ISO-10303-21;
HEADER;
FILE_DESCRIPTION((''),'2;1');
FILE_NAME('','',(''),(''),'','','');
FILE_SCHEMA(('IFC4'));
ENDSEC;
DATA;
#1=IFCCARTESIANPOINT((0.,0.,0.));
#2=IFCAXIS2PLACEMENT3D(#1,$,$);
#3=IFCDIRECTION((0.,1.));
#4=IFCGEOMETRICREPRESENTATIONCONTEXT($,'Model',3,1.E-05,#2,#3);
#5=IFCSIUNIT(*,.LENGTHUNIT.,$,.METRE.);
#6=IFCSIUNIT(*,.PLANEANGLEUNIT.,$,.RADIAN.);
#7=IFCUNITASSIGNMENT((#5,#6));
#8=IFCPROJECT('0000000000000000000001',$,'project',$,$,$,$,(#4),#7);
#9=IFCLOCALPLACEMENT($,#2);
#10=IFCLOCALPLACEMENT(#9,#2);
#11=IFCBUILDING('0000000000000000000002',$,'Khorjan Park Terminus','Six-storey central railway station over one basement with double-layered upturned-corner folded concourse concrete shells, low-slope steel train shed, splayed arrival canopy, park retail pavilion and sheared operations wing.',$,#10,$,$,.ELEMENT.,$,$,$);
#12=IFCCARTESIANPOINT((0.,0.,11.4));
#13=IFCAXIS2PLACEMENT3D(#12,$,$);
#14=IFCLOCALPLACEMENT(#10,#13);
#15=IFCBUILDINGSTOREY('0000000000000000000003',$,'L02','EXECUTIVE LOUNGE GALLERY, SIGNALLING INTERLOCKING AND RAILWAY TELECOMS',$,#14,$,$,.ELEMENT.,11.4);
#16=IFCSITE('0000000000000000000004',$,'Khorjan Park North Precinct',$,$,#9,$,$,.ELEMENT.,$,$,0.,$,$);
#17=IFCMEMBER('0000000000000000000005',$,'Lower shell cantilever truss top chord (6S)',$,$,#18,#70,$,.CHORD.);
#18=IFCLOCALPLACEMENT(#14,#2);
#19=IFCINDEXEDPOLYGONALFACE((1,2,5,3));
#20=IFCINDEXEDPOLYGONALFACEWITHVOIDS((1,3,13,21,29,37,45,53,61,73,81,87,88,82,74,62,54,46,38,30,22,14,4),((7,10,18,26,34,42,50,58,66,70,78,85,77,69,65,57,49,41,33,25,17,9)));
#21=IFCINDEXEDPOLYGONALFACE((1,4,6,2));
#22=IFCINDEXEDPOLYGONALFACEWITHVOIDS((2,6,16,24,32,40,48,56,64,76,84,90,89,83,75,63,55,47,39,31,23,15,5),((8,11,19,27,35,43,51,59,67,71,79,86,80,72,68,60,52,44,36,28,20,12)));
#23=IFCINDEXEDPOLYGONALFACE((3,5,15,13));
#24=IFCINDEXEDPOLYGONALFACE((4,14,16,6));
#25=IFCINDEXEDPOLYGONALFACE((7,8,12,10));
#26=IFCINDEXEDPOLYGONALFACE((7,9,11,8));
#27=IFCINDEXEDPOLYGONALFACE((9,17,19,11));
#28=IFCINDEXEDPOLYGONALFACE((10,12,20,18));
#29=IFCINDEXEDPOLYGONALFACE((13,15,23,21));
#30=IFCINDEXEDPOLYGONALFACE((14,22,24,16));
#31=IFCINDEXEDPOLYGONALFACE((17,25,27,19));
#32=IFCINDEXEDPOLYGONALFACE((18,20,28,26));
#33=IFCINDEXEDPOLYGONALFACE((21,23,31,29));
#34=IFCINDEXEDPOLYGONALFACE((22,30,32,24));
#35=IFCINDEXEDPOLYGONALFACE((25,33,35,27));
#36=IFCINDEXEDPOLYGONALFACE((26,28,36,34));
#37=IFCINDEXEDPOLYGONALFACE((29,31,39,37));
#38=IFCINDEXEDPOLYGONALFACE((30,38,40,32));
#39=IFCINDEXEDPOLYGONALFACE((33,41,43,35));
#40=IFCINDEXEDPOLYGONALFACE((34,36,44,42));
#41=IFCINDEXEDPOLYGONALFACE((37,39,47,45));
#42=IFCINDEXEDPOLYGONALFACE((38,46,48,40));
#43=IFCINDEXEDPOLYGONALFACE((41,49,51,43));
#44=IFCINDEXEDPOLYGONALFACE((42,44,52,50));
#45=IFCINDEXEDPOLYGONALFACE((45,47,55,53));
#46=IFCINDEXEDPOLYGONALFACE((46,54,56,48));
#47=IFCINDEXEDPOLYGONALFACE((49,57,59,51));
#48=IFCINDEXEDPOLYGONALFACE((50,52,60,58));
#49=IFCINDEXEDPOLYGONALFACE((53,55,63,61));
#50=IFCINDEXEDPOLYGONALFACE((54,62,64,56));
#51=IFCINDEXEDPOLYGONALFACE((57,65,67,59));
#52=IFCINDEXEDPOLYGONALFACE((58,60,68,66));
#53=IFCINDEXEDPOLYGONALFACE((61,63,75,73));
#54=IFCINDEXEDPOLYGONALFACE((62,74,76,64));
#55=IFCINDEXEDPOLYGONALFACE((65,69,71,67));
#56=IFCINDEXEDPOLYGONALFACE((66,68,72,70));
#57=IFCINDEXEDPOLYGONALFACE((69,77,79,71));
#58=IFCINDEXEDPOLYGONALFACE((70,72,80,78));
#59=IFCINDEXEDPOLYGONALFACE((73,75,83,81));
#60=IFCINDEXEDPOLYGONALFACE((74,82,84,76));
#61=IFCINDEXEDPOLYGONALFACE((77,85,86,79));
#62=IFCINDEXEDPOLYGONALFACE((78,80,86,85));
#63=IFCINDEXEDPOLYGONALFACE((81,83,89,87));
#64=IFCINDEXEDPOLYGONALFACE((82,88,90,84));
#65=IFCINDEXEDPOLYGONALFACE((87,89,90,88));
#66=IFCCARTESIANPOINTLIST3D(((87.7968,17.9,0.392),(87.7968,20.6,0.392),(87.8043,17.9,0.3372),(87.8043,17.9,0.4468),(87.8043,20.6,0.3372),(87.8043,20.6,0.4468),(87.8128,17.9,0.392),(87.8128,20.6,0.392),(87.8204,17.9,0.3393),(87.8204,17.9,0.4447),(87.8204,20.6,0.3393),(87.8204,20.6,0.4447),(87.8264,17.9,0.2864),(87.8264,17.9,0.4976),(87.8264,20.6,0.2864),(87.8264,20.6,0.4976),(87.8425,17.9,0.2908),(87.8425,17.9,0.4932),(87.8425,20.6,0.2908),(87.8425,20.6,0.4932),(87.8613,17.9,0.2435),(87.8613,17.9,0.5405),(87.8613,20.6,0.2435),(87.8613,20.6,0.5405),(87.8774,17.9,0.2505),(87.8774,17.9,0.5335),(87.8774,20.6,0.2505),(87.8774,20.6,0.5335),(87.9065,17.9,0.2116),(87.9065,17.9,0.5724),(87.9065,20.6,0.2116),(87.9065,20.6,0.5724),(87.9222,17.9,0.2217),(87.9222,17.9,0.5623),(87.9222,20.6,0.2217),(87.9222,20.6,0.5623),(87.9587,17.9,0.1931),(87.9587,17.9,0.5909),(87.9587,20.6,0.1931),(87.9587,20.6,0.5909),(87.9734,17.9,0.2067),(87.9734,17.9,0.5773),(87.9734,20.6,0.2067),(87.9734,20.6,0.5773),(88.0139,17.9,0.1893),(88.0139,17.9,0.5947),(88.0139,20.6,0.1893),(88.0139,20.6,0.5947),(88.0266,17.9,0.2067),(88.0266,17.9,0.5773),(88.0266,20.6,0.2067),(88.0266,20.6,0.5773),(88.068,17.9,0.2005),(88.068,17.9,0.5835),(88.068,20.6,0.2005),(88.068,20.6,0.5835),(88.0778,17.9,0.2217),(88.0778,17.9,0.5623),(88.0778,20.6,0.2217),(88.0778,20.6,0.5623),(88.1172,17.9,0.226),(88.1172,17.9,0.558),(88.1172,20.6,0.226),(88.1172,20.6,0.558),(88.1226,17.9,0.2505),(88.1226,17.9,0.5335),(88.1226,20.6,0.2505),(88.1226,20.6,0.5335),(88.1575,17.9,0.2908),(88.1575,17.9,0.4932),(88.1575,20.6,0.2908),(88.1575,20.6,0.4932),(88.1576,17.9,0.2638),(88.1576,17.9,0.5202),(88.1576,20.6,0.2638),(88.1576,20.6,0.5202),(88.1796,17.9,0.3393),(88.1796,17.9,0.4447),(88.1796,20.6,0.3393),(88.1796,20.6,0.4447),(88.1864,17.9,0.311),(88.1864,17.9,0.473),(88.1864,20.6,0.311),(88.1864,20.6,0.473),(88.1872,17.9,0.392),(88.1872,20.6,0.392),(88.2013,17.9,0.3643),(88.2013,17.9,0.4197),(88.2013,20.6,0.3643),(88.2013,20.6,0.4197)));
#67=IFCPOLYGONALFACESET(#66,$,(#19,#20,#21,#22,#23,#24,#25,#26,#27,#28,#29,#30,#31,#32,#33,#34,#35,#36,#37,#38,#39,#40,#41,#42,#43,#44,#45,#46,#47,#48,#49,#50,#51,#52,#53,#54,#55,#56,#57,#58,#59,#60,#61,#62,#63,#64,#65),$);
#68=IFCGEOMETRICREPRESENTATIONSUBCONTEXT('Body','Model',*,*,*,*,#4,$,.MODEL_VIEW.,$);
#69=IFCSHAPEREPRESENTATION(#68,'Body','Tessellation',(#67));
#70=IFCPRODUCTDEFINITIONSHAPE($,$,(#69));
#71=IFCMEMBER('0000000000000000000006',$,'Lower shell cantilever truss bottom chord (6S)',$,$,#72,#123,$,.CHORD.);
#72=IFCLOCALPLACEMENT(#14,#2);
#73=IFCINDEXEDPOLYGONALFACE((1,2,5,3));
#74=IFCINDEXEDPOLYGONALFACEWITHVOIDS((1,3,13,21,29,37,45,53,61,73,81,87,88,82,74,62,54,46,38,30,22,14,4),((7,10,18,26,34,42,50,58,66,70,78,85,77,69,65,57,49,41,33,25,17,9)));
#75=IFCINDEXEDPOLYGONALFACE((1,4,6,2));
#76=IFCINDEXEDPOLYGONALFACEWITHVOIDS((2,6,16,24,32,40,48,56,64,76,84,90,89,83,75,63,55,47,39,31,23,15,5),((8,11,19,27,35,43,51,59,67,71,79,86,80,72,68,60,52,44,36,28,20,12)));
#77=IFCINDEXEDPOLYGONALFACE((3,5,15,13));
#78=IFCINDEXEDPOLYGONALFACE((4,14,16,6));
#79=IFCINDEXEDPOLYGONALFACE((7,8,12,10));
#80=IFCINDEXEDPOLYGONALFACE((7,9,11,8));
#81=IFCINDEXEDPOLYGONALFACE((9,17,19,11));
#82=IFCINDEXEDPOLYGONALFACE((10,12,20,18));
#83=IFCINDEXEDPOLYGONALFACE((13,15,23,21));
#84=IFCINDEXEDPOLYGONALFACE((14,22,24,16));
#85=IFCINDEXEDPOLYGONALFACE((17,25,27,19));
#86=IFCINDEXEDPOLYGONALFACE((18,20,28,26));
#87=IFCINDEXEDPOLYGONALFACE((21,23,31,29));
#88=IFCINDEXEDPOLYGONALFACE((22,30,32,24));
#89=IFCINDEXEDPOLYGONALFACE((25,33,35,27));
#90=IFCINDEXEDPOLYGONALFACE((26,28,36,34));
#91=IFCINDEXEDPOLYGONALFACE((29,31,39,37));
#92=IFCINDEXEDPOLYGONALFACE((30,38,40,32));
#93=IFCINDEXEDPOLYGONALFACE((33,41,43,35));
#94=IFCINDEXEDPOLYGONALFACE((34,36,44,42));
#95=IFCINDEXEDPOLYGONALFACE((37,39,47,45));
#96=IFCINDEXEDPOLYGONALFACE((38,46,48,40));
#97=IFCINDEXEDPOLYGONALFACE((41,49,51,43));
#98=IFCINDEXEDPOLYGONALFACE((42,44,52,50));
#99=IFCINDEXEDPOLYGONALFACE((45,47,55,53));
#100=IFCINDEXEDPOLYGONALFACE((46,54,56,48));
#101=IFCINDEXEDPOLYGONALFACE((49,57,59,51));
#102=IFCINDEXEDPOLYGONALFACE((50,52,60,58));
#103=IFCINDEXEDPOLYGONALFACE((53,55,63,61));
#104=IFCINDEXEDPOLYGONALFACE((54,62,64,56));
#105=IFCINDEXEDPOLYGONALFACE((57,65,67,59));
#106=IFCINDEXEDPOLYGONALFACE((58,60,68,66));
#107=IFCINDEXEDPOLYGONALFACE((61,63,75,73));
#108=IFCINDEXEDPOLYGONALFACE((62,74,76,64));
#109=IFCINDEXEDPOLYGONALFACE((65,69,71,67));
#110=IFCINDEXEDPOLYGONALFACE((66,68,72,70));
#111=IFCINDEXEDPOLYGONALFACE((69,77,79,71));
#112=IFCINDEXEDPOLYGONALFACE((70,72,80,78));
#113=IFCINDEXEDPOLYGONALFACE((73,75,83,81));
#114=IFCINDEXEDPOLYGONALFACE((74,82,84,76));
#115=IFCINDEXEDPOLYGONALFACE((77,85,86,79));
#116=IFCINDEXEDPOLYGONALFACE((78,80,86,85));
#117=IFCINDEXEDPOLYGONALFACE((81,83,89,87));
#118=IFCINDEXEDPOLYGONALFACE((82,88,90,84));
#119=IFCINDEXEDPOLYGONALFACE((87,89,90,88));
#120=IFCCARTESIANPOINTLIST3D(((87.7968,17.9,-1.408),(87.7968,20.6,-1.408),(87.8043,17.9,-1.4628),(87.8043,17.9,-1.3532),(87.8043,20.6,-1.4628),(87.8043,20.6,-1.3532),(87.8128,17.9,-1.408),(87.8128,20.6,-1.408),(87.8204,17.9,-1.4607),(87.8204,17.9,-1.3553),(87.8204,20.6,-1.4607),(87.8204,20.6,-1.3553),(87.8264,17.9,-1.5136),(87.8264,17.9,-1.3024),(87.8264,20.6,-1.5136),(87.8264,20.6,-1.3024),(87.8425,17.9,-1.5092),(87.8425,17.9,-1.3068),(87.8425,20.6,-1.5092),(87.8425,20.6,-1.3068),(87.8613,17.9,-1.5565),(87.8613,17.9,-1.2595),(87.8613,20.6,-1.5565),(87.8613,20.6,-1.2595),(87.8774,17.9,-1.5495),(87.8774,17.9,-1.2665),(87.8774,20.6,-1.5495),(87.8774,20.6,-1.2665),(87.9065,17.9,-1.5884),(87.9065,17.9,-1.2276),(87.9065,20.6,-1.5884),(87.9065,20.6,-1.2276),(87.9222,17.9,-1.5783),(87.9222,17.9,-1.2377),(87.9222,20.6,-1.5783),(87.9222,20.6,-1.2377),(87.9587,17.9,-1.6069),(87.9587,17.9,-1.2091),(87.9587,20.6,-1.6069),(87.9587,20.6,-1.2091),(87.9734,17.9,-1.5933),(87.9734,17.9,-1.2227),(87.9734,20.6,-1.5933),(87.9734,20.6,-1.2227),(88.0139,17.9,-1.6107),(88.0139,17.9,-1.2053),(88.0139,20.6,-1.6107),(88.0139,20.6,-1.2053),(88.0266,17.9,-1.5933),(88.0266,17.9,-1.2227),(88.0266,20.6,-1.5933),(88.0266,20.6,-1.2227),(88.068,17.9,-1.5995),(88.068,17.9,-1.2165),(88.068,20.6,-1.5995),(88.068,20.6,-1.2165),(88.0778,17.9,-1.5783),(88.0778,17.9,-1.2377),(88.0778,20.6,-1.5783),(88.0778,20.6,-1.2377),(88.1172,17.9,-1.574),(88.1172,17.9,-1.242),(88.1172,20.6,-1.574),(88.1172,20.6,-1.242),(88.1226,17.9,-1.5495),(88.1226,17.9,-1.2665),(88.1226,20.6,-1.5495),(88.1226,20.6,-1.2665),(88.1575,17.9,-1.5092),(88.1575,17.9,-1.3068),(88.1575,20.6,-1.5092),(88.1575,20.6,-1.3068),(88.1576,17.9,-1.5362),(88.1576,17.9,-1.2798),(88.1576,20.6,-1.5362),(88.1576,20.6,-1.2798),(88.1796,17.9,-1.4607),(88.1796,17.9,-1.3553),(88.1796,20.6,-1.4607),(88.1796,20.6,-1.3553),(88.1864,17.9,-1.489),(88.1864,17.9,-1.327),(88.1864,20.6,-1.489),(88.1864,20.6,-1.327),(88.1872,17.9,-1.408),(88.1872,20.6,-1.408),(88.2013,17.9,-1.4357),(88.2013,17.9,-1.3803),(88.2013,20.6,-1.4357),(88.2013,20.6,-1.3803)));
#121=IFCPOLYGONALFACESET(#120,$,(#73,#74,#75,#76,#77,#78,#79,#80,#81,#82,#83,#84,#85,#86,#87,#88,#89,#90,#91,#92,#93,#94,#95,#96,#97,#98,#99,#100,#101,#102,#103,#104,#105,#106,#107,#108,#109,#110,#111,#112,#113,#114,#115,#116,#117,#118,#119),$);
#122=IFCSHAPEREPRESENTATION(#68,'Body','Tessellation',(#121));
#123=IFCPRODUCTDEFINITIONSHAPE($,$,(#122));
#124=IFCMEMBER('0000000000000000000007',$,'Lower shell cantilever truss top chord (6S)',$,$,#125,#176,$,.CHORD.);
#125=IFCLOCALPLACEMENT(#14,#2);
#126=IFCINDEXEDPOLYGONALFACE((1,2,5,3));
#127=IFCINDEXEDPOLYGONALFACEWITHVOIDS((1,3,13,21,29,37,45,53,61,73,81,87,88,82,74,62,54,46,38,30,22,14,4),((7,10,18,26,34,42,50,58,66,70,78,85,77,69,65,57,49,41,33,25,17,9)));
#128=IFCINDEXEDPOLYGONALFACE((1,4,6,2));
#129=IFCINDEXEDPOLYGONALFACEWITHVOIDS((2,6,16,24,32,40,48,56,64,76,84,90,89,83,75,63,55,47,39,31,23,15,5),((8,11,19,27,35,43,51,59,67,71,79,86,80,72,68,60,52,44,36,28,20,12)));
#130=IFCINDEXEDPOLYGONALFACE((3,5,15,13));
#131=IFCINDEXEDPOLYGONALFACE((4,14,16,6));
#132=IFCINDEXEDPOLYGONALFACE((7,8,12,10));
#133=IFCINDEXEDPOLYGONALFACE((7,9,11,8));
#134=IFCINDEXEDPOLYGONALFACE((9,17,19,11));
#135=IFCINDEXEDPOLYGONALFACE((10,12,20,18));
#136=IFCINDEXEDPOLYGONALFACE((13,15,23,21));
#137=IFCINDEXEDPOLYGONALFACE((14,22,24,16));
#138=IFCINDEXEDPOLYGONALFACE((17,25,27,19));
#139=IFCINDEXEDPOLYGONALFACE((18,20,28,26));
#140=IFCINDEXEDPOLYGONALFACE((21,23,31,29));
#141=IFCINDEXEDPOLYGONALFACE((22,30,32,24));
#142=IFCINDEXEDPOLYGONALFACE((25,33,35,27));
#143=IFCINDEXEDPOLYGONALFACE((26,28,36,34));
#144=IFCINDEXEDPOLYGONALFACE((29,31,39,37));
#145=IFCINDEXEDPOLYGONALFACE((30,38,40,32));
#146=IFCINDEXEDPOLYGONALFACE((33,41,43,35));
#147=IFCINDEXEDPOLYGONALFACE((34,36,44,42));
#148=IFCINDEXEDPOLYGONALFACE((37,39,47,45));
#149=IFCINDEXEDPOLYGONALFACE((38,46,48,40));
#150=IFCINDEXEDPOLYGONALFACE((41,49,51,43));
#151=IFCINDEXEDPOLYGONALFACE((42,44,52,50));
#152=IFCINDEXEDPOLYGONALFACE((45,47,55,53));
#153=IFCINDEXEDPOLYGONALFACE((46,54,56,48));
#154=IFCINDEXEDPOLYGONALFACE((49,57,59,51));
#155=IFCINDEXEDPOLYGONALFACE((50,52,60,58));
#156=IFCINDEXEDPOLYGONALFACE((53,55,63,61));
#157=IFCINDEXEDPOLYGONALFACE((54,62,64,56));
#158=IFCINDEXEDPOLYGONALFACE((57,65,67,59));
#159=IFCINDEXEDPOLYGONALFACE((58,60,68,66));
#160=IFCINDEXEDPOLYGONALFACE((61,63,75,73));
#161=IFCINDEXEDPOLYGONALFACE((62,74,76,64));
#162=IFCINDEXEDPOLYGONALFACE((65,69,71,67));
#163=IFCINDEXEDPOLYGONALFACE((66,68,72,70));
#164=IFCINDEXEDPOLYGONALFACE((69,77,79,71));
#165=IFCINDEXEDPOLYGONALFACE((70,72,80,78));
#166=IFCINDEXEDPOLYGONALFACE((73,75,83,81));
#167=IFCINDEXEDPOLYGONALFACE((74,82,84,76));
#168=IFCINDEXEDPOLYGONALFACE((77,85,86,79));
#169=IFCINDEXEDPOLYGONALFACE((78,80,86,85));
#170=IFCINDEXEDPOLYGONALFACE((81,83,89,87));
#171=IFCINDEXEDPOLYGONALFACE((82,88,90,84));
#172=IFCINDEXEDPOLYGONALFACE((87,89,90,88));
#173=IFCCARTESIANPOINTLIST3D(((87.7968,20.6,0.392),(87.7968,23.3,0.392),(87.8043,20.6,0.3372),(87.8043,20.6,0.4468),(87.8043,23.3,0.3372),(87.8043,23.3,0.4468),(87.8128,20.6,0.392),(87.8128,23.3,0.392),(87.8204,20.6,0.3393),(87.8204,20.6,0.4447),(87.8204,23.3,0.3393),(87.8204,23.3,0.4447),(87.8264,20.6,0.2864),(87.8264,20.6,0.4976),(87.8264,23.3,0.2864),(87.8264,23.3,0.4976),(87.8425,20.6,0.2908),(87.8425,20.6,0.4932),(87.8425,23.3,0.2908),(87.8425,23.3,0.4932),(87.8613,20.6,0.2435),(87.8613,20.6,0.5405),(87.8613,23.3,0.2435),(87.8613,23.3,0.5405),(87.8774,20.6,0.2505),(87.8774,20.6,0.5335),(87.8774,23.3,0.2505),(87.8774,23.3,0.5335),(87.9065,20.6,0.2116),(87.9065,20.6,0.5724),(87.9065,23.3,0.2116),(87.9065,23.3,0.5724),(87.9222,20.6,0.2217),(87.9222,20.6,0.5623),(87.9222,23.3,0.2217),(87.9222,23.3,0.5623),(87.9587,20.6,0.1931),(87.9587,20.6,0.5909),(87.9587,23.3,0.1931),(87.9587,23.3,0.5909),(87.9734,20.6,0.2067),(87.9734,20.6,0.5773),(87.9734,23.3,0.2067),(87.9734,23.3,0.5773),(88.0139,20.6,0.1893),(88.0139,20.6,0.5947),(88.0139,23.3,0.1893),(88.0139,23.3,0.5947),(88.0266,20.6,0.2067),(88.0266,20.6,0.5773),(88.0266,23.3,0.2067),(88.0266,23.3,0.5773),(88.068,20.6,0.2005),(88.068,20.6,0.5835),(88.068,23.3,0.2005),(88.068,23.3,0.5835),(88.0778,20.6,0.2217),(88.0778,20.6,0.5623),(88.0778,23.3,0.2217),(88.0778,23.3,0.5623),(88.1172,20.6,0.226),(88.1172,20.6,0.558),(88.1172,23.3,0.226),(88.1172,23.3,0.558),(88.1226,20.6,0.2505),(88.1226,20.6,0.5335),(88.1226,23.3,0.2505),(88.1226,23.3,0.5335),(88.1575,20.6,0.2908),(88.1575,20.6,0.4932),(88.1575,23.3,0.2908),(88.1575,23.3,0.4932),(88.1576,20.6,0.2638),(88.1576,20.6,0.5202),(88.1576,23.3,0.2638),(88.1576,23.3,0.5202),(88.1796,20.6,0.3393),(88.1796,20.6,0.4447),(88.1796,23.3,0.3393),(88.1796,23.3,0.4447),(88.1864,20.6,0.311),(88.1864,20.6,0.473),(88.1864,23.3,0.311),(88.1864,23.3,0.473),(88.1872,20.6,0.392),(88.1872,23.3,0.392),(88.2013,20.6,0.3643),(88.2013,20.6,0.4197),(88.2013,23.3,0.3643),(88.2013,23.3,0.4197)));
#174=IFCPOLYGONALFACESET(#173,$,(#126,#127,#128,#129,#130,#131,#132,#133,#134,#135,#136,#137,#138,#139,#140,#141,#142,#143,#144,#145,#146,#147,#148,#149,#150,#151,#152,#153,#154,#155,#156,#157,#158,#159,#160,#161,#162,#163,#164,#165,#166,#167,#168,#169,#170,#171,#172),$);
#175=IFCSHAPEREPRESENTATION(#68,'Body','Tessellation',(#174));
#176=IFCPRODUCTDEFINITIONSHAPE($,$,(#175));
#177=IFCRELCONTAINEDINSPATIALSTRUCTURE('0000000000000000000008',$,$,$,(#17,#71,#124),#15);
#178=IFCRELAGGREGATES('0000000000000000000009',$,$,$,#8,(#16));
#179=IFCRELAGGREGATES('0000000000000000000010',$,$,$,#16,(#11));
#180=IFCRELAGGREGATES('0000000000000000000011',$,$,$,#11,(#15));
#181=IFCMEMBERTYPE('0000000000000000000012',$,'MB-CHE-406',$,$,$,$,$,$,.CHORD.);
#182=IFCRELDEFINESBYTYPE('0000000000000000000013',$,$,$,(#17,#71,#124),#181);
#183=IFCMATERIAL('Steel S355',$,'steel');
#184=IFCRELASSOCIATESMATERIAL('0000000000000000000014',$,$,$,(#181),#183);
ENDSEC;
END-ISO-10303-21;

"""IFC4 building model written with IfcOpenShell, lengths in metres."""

from ifc_helpers import new_model, si_unit, direction, frame, origin, origin_2d, place, context, subcontext, project, spatial, hollow_circle, extrude, material, material_profile, profile_set, type_object, element, save


model = new_model("IFC4")

# Units and contexts
model_context = context("Model", 3, precision=1e-05, world=origin(), true_north=direction((0.0, 1.0)))
body_context = subcontext(model_context, "Body", "Model", "MODEL_VIEW")
ifc_project = project(units=[si_unit("LENGTHUNIT", "METRE"), si_unit("PLANEANGLEUNIT", "RADIAN")], contexts=[model_context])

# Site, building, storey
site_placement = place(None, origin())
site = spatial("IfcSite", under=ifc_project, at=site_placement, Name="Khorjan Park North Precinct", CompositionType="ELEMENT", RefElevation=0.0)
building_placement = place(site_placement, origin())
building = spatial("IfcBuilding", under=site, at=building_placement, Name="Khorjan Park Terminus", Description="Six-storey central railway station over one basement with double-layered upturned-corner folded concourse concrete shells, low-slope steel train shed, splayed arrival canopy, park retail pavilion and sheared operations wing.", CompositionType="ELEMENT")
storey_placement = place(building_placement, frame((0.0, 0.0, 11.4)))
storey = spatial("IfcBuildingStorey", under=building, at=storey_placement, Name="L02", Description="EXECUTIVE LOUNGE GALLERY, SIGNALLING INTERLOCKING AND RAILWAY TELECOMS", CompositionType="ELEMENT", Elevation=11.4)

# Members
ifc_material_1 = material(Name="Steel S355", Category="steel")
ifc_material_profile_1 = material_profile(ifc_material_1, hollow_circle(Radius=0.2032, WallThickness=0.016, at=origin_2d()), Name="CHS 406.4x16")
ifc_profile_set_1 = profile_set([ifc_material_profile_1], Name="Steel S355")
member_type_1 = type_object("IfcMemberType", Name="MB-CHE-406", PredefinedType="CHORD", material=ifc_profile_set_1)
for number, where, z_axis, x_axis, name in (
    (1, (88.0, 17.9, 0.392), (0.0, 1.0, 0.0), (-1.0, 0.0, 0.0), "Lower shell cantilever truss top chord (6S)"),
    (2, (88.0, 17.9, -1.408), (0.0, 1.0, 0.0), (-1.0, 0.0, 0.0), "Lower shell cantilever truss bottom chord (6S)"),
    (3, (88.0, 20.6, 0.392), (0.0, 1.0, 0.0), (-1.0, 0.0, 0.0), "Lower shell cantilever truss top chord (6S)"),
):
    element("IfcMember", number, at=place(storey_placement, frame(where, z_axis=z_axis, x_axis=x_axis)), inside=storey, type_object=member_type_1, Name=name, PredefinedType="CHORD", context=body_context, shape_type="SweptSolid", body=[
        extrude(hollow_circle(Radius=0.2032, WallThickness=0.016, at=origin_2d()), origin(), (0.0, 0.0, 1.0), 2.7),
    ])

save(model, "model.ifc")
